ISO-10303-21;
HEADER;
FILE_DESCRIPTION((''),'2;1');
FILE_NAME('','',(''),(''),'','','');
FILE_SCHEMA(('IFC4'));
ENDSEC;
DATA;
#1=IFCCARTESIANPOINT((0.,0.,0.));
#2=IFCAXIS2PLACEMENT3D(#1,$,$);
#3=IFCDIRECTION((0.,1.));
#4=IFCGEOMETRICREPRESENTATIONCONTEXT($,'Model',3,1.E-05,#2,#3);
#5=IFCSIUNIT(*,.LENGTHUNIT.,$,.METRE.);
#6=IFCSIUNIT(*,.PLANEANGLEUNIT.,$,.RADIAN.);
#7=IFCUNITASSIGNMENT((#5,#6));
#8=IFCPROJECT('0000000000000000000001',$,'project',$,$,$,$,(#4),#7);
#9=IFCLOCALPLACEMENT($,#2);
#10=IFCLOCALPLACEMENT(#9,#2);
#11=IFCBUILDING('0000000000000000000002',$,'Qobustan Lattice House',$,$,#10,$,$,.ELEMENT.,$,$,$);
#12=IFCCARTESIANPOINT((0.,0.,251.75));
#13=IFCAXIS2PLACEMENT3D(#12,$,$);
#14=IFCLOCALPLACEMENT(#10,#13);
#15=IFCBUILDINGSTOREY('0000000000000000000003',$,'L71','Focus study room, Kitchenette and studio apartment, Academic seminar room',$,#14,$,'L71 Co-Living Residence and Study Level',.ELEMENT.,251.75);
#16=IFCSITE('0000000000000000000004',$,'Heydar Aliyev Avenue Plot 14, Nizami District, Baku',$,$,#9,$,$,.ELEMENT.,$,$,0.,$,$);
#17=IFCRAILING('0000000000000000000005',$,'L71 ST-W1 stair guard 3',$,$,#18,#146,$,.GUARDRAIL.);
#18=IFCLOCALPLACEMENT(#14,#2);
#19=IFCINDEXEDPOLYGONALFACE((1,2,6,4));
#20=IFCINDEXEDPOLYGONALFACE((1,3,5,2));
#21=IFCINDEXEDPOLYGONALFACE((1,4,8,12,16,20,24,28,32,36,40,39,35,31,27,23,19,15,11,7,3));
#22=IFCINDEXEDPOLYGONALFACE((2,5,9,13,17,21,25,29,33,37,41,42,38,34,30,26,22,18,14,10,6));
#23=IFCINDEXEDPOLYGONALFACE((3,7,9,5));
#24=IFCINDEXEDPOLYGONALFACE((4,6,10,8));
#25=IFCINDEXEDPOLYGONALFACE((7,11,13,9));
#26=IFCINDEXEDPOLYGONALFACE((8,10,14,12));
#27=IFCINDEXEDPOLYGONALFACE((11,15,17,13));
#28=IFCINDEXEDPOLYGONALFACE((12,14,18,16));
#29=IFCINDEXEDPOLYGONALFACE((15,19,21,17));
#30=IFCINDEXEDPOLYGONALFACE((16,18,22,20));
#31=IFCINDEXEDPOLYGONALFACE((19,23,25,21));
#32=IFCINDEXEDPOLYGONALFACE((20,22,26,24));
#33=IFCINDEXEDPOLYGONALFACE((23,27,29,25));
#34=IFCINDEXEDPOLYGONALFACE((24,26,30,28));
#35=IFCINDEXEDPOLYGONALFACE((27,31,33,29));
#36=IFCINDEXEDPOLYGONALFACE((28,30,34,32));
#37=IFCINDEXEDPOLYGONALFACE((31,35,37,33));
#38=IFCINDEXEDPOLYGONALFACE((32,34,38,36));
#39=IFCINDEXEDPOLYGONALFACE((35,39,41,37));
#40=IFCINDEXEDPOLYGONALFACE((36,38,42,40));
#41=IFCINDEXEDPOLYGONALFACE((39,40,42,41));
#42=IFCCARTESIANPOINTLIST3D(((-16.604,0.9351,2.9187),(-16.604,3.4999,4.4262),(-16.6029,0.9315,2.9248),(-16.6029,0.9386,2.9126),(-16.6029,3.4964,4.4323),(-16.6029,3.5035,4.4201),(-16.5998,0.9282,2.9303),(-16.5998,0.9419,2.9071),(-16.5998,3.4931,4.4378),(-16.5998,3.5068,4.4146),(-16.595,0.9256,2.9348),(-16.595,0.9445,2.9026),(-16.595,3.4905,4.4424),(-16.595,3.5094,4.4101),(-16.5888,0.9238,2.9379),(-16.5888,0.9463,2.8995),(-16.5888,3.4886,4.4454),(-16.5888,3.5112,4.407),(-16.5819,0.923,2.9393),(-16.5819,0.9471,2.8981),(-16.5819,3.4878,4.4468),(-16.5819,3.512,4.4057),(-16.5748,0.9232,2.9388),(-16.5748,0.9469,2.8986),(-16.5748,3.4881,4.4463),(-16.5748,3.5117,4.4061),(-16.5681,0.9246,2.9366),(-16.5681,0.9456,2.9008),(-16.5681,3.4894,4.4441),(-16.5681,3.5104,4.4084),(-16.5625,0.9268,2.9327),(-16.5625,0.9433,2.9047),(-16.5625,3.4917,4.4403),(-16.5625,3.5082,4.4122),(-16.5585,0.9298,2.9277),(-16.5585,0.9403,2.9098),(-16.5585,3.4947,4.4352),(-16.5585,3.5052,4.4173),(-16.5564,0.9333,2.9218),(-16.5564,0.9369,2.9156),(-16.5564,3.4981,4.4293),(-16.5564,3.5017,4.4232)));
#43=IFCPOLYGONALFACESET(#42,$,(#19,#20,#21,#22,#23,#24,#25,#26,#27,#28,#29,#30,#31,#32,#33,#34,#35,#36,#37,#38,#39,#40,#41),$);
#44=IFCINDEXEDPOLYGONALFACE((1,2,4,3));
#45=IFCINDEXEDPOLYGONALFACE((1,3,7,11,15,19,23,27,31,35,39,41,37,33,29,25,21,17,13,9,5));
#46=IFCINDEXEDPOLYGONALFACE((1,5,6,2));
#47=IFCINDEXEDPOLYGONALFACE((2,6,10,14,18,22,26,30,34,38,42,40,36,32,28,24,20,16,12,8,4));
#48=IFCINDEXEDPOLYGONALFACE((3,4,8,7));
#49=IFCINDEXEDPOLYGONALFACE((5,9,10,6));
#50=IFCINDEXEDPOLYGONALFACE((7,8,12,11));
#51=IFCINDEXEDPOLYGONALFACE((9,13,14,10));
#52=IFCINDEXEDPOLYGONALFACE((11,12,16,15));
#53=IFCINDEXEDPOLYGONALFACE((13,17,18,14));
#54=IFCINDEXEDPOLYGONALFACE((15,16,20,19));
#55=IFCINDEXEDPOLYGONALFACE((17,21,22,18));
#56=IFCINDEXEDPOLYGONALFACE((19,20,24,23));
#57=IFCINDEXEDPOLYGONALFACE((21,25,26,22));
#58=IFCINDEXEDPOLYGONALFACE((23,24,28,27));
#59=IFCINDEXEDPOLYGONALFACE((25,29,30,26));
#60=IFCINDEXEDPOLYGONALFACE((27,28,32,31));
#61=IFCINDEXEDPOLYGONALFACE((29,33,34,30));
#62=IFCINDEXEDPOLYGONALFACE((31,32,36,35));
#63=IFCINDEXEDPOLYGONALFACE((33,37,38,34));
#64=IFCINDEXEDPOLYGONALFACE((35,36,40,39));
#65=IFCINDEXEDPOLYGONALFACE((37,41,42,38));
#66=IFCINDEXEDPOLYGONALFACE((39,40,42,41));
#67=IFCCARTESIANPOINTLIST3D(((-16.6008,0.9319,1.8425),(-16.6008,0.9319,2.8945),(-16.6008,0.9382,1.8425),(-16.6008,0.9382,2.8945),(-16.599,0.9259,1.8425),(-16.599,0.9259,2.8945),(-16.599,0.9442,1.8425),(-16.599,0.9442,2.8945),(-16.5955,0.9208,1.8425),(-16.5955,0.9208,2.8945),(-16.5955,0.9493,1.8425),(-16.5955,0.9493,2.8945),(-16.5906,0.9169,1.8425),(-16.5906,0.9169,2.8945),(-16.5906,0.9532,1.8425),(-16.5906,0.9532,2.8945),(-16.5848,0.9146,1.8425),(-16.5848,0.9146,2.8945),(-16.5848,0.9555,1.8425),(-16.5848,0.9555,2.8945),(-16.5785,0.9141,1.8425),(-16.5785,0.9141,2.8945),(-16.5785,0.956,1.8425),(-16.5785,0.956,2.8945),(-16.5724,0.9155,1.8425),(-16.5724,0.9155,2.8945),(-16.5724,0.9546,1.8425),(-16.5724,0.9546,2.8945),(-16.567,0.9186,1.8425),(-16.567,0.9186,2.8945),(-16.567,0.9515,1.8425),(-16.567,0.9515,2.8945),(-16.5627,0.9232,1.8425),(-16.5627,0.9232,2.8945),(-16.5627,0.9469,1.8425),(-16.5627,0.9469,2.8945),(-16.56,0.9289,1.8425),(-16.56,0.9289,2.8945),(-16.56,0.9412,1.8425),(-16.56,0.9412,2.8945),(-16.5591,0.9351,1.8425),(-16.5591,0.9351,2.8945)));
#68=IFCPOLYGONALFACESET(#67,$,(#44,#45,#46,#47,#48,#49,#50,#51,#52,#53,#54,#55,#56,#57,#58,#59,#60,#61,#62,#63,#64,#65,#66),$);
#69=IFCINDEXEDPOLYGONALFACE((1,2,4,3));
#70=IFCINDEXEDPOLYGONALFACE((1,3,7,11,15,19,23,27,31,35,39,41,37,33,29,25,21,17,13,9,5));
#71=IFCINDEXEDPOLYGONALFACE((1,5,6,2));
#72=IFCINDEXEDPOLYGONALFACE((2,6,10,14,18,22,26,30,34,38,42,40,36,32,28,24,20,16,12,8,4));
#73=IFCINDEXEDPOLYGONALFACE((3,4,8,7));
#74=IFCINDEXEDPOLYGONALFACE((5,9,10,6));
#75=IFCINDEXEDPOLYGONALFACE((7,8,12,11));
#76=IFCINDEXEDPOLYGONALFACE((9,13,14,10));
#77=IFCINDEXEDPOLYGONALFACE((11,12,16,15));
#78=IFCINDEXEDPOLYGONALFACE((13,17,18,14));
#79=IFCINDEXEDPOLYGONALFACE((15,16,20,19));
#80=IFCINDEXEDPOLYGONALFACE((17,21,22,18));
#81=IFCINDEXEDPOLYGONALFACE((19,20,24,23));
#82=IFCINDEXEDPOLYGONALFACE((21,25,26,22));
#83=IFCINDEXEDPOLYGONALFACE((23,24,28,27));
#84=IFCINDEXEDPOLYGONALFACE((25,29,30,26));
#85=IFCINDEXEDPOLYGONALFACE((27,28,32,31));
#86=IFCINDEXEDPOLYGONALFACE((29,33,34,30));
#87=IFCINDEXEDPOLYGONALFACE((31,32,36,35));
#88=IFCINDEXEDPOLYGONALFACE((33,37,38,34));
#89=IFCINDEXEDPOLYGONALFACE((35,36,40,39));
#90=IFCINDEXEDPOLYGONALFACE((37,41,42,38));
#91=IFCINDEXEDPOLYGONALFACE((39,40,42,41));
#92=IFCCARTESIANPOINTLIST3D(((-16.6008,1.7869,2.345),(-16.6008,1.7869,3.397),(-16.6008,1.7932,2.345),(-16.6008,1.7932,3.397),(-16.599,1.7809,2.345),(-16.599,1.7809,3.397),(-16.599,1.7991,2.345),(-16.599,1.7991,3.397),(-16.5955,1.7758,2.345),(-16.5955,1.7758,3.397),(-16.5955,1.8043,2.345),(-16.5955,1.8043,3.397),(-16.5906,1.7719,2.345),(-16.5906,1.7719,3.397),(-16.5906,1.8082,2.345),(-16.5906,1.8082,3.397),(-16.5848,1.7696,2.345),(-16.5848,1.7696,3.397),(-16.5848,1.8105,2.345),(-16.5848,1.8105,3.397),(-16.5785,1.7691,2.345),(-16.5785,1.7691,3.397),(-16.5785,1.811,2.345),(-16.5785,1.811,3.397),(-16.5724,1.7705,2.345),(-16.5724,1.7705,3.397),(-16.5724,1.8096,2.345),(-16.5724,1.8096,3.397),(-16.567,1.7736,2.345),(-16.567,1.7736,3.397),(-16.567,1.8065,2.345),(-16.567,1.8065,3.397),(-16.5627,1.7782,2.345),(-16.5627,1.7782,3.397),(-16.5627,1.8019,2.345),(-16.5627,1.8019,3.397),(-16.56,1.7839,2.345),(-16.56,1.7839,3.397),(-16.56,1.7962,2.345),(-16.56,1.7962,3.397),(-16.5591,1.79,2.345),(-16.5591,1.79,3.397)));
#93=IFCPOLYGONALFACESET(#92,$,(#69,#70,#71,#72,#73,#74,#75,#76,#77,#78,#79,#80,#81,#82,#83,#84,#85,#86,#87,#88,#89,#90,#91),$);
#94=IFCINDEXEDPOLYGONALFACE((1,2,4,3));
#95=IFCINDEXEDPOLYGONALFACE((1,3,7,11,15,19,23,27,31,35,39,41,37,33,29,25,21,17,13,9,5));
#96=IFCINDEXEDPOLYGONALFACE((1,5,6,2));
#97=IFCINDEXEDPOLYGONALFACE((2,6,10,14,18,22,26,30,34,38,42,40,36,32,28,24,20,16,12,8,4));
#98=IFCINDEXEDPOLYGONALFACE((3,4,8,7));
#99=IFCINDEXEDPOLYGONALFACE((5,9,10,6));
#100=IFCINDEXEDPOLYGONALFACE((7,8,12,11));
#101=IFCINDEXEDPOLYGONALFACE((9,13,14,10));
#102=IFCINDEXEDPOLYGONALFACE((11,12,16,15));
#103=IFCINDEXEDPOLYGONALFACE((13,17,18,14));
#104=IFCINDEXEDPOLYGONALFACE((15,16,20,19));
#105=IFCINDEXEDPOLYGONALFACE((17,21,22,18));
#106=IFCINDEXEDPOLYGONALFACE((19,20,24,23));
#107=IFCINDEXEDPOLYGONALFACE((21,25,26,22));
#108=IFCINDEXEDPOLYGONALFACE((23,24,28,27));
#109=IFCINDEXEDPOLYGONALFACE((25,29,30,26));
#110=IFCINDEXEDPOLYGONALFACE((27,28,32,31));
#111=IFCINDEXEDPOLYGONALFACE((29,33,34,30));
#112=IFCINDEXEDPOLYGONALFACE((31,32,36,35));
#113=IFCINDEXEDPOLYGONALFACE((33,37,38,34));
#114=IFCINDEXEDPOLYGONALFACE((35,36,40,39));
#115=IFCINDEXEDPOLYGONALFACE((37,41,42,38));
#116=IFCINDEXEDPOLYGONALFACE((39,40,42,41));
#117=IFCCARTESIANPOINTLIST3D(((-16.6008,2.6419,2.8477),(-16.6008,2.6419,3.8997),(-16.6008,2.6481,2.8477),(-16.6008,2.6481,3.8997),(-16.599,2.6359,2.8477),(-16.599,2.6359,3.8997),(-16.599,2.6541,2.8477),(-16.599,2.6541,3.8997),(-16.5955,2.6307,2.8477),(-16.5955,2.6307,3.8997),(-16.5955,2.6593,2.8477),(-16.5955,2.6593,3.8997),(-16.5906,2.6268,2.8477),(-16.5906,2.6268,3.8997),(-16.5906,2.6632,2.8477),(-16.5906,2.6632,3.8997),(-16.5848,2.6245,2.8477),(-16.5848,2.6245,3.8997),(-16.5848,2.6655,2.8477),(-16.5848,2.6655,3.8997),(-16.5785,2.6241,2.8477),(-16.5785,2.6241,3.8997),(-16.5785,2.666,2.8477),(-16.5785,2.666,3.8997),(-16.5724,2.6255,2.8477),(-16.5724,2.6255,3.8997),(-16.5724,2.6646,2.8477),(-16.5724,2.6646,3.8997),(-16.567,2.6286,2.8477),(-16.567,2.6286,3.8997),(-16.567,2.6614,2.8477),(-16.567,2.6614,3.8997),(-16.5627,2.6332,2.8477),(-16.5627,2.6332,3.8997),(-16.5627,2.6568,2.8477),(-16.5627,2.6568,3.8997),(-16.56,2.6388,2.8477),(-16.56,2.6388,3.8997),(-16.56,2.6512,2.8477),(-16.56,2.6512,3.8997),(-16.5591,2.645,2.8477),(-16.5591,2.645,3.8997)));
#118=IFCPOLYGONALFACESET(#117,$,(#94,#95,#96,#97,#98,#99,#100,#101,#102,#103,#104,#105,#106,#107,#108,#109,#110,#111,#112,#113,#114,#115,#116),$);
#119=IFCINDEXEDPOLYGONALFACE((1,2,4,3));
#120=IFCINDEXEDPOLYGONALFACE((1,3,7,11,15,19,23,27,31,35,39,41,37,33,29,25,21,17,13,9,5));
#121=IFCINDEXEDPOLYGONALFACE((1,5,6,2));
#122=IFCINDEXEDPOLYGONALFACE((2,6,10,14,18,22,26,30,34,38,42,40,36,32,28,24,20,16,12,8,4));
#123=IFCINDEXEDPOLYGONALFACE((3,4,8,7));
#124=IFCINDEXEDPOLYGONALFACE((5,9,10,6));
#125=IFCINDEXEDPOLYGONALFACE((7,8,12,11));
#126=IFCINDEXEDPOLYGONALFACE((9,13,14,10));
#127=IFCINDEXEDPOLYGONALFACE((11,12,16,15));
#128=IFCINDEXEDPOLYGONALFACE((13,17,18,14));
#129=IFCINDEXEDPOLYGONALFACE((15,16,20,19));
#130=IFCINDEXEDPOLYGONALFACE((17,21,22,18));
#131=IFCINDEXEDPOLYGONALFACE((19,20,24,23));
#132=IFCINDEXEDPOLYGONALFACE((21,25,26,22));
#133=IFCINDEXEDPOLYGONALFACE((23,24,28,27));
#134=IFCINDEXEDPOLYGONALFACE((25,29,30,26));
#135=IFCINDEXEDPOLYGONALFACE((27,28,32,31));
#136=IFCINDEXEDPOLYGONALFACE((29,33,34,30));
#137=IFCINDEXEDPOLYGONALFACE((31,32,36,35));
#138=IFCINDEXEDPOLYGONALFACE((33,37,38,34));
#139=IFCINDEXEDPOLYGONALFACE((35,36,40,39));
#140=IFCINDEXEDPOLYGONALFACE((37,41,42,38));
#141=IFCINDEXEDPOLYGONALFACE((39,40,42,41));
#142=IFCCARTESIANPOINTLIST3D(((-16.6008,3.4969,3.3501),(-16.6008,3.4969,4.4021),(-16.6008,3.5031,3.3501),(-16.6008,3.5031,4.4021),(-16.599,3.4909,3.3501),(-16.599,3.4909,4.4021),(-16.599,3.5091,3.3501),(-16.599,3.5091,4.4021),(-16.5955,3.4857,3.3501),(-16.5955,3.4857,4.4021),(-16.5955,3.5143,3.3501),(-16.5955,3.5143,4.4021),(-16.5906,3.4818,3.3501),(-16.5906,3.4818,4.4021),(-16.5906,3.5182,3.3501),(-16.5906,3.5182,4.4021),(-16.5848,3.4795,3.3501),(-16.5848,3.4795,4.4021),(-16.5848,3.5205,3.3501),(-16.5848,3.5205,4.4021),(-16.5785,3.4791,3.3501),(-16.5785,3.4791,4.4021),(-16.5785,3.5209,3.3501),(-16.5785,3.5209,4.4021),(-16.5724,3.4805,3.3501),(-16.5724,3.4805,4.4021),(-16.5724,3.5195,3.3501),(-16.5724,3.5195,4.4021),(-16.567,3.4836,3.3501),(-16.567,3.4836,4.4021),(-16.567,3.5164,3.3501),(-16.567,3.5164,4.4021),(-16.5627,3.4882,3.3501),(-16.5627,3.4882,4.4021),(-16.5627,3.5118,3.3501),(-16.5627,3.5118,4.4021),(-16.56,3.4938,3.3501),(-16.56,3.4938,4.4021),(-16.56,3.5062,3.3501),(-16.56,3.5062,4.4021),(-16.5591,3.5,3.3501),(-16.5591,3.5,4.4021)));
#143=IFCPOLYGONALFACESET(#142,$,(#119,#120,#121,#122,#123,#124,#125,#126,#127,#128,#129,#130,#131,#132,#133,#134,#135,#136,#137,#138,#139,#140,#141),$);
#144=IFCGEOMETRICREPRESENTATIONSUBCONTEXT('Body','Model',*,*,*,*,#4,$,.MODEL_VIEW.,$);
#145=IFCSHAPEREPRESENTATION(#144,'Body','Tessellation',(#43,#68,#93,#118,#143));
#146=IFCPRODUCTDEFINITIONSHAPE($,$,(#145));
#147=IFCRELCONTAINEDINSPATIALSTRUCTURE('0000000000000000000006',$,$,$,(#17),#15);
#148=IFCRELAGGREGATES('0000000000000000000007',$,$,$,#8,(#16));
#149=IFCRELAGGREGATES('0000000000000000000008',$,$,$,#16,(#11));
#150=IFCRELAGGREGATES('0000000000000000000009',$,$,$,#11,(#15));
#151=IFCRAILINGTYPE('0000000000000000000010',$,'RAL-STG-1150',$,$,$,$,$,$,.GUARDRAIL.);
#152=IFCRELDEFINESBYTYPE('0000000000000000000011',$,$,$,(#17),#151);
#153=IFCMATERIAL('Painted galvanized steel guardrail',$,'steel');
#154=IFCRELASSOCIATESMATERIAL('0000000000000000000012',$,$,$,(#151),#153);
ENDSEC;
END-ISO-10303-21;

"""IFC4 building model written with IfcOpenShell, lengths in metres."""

from ifc_helpers import new_model, si_unit, direction, frame, origin, origin_2d, place, context, subcontext, project, spatial, circle, extrude, material, type_object, element, save


model = new_model("IFC4")

# Units and contexts
model_context = context("Model", 3, precision=1e-05, world=origin(), true_north=direction((0.0, 1.0)))
body_context = subcontext(model_context, "Body", "Model", "MODEL_VIEW")
ifc_project = project(units=[si_unit("LENGTHUNIT", "METRE"), si_unit("PLANEANGLEUNIT", "RADIAN")], contexts=[model_context])

# Site, building, storey
site_placement = place(None, origin())
site = spatial("IfcSite", under=ifc_project, at=site_placement, Name="Heydar Aliyev Avenue Plot 14, Nizami District, Baku", CompositionType="ELEMENT", RefElevation=0.0)
building_placement = place(site_placement, origin())
building = spatial("IfcBuilding", under=site, at=building_placement, Name="Qobustan Lattice House", CompositionType="ELEMENT")
storey_placement = place(building_placement, frame((0.0, 0.0, 251.75)))
storey = spatial("IfcBuildingStorey", under=building, at=storey_placement, Name="L71", Description="Focus study room, Kitchenette and studio apartment, Academic seminar room", LongName="L71 Co-Living Residence and Study Level", CompositionType="ELEMENT", Elevation=251.75)

# Railing
ifc_material_1 = material(Name="Painted galvanized steel guardrail", Category="steel")
railing_type = type_object("IfcRailingType", Name="RAL-STG-1150", PredefinedType="GUARDRAIL", material=ifc_material_1)
railing_1_placement = place(storey_placement, frame((-16.5801, 0.9351, 1.8425)))
element("IfcRailing", 1, at=railing_1_placement, inside=storey, type_object=railing_type, Name="L71 ST-W1 stair guard 3", PredefinedType="GUARDRAIL", context=body_context, shape_type="SweptSolid", body=[
    extrude(circle(Radius=0.0239, at=origin_2d()), frame((0.0, 0.0, 1.0762), z_axis=(0.0, 0.862113, 0.506715), x_axis=(-1.0, 0.0, 0.0)), (0.0, 0.0, 1.0), 2.9751),
    extrude(circle(Radius=0.021, at=origin_2d()), origin(), (0.0, 0.0, 1.0), 1.052),
    extrude(circle(Radius=0.021, at=origin_2d()), frame((0.0, 0.855, 0.5024)), (0.0, 0.0, 1.0), 1.052),
    extrude(circle(Radius=0.021, at=origin_2d()), frame((0.0, 1.71, 1.0051)), (0.0, 0.0, 1.0), 1.052),
    extrude(circle(Radius=0.021, at=origin_2d()), frame((0.0, 2.5649, 1.5076)), (0.0, 0.0, 1.0), 1.052),
])

save(model, "model.ifc")
